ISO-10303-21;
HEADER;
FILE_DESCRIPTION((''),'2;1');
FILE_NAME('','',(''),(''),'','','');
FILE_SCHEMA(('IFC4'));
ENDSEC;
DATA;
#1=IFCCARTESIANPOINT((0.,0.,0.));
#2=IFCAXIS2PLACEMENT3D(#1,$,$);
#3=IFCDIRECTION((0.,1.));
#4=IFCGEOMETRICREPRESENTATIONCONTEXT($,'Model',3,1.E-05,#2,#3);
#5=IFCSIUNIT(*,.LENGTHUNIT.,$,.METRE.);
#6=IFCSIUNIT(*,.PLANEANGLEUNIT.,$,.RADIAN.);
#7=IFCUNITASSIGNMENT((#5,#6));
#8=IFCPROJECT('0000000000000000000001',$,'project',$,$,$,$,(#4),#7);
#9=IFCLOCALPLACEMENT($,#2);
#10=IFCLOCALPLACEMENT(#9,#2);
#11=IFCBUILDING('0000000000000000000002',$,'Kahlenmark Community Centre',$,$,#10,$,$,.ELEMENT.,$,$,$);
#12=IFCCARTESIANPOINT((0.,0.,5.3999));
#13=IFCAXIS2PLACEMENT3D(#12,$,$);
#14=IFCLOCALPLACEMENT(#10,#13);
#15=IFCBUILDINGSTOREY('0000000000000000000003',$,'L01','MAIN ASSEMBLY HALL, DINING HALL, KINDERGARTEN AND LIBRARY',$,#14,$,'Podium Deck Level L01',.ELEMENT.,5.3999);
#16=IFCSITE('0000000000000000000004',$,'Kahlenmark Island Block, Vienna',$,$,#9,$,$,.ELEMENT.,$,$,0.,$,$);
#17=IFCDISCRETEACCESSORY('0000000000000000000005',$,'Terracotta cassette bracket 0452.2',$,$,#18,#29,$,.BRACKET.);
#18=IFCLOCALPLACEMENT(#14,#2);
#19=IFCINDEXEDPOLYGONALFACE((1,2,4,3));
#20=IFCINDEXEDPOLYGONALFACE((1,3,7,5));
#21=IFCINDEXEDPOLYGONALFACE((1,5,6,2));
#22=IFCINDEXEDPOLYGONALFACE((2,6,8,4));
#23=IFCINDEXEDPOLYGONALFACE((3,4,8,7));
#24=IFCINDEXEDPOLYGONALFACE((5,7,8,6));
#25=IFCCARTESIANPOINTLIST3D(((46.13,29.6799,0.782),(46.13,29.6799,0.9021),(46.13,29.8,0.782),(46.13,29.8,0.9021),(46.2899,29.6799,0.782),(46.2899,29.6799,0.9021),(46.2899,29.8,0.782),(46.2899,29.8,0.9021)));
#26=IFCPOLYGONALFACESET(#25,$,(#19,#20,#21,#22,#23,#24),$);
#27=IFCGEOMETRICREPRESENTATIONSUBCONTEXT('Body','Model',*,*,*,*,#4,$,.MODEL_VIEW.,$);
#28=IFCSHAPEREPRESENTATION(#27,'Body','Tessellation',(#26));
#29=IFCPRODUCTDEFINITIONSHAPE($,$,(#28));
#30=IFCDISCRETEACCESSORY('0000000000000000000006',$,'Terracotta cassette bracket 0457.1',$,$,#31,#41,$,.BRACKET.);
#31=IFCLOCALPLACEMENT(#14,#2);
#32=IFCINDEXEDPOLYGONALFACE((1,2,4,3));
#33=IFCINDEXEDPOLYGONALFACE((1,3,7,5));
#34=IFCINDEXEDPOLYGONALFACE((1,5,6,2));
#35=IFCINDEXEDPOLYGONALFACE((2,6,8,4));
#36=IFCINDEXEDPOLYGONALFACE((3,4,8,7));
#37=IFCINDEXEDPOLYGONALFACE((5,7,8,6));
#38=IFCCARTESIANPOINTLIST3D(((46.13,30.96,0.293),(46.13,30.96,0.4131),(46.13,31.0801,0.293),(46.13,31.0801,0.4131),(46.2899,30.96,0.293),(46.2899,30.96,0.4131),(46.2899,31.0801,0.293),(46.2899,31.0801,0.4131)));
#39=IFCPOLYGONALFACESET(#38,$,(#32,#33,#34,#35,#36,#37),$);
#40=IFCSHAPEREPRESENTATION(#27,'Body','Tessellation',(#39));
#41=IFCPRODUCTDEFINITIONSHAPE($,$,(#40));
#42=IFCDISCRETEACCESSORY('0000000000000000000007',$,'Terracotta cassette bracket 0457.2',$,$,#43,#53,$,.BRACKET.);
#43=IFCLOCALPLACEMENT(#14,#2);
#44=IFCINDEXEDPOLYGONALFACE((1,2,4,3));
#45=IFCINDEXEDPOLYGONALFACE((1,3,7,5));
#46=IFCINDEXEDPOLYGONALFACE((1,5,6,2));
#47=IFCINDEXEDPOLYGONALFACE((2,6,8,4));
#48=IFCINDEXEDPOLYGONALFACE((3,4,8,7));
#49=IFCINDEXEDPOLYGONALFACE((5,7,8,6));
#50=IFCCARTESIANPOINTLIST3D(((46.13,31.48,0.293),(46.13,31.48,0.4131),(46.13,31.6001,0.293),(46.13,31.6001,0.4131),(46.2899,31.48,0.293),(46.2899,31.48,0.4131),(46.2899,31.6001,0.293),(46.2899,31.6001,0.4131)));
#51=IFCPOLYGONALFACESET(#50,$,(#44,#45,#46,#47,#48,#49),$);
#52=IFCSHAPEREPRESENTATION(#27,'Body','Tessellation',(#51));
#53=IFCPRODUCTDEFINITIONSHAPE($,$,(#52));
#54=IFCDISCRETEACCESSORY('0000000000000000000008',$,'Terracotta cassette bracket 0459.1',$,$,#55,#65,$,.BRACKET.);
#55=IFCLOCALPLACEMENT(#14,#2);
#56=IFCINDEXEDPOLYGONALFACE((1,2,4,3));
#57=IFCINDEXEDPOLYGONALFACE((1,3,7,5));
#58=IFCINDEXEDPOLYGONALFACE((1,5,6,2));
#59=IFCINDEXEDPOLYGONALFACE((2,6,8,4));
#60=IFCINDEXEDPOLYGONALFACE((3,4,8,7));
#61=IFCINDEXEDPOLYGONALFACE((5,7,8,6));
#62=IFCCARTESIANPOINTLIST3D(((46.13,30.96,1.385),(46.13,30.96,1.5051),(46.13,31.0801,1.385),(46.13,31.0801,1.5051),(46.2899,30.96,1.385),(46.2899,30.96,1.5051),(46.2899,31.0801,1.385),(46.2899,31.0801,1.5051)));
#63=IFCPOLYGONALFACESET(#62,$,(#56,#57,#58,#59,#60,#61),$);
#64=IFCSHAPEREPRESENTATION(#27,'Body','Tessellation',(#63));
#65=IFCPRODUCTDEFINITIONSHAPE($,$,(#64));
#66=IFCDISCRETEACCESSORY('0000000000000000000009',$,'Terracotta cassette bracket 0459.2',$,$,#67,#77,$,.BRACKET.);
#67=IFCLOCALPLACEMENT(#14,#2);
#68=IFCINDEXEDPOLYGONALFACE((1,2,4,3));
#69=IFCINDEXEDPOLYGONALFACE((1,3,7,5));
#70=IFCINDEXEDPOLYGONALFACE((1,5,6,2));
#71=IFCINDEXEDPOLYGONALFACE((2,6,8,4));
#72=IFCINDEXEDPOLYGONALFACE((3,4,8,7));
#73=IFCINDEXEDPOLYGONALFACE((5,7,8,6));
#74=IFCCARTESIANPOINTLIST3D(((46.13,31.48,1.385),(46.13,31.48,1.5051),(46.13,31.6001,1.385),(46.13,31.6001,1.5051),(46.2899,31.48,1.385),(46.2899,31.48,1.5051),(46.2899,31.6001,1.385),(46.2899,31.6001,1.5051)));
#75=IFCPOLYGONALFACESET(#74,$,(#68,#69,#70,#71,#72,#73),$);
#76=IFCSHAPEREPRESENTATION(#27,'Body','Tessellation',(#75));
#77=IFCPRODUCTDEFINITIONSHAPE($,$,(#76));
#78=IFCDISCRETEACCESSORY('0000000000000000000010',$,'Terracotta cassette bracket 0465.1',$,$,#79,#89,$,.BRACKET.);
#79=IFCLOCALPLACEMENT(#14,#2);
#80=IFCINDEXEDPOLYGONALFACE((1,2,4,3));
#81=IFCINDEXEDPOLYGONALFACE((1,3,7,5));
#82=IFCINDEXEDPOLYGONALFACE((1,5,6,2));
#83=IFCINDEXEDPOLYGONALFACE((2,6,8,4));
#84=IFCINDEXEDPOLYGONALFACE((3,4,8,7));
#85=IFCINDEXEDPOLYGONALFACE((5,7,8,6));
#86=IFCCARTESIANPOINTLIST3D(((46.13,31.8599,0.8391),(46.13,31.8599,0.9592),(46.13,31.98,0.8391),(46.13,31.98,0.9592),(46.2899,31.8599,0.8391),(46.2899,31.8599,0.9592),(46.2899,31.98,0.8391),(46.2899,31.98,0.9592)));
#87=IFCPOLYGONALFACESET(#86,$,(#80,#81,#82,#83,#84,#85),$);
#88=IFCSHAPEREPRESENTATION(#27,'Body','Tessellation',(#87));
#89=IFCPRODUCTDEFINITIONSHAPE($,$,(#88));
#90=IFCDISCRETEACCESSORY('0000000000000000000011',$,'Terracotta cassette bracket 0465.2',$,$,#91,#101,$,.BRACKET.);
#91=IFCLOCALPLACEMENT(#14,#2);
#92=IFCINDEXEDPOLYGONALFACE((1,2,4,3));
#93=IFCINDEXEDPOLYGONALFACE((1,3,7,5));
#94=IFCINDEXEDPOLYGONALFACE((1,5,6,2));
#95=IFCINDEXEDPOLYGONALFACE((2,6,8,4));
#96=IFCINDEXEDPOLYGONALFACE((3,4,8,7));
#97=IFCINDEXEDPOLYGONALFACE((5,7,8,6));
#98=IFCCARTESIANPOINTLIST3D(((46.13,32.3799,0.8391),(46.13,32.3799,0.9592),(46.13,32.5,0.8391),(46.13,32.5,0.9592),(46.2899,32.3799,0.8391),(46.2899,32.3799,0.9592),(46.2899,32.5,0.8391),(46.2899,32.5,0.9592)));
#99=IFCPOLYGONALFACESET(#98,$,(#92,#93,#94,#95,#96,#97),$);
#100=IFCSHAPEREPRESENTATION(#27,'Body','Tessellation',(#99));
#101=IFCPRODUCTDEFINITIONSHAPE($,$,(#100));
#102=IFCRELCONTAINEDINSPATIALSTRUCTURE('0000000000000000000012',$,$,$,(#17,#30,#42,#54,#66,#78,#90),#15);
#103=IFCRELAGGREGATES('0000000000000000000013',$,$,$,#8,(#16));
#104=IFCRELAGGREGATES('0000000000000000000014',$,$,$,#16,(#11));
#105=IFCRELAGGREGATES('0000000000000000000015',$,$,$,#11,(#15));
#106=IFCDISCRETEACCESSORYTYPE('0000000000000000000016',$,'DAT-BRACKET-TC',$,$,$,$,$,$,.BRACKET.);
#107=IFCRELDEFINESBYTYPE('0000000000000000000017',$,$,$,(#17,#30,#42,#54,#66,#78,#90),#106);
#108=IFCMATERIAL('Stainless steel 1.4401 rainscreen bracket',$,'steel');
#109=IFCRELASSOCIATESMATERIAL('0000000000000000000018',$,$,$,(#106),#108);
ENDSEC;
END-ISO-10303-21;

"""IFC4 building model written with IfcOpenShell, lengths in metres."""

from ifc_helpers import new_model, si_unit, direction, frame, origin, origin_2d, place, context, subcontext, project, spatial, rectangle, extrude, material, type_object, element, save


model = new_model("IFC4")

# Units and contexts
model_context = context("Model", 3, precision=1e-05, world=origin(), true_north=direction((0.0, 1.0)))
body_context = subcontext(model_context, "Body", "Model", "MODEL_VIEW")
ifc_project = project(units=[si_unit("LENGTHUNIT", "METRE"), si_unit("PLANEANGLEUNIT", "RADIAN")], contexts=[model_context])

# Site, building, storey
site_placement = place(None, origin())
site = spatial("IfcSite", under=ifc_project, at=site_placement, Name="Kahlenmark Island Block, Vienna", CompositionType="ELEMENT", RefElevation=0.0)
building_placement = place(site_placement, origin())
building = spatial("IfcBuilding", under=site, at=building_placement, Name="Kahlenmark Community Centre", CompositionType="ELEMENT")
storey_placement = place(building_placement, frame((0.0, 0.0, 5.3999)))
storey = spatial("IfcBuildingStorey", under=building, at=storey_placement, Name="L01", Description="MAIN ASSEMBLY HALL, DINING HALL, KINDERGARTEN AND LIBRARY", LongName="Podium Deck Level L01", CompositionType="ELEMENT", Elevation=5.3999)

# Discrete accessories
ifc_material_1 = material(Name="Stainless steel 1.4401 rainscreen bracket", Category="steel")
discrete_accessory_type = type_object("IfcDiscreteAccessoryType", Name="DAT-BRACKET-TC", PredefinedType="BRACKET", material=ifc_material_1)
for number, where, z_axis, x_axis, name in (
    (1, (46.21, 29.74, 0.782), (0.0, 0.0, 1.0), (0.0, 1.0, 0.0), "Terracotta cassette bracket 0452.2"),
    (2, (46.21, 31.02, 0.293), (0.0, 0.0, 1.0), (0.0, 1.0, 0.0), "Terracotta cassette bracket 0457.1"),
    (3, (46.21, 31.54, 0.293), (0.0, 0.0, 1.0), (0.0, 1.0, 0.0), "Terracotta cassette bracket 0457.2"),
    (4, (46.21, 31.02, 1.385), (0.0, 0.0, 1.0), (0.0, 1.0, 0.0), "Terracotta cassette bracket 0459.1"),
    (5, (46.21, 31.54, 1.385), (0.0, 0.0, 1.0), (0.0, 1.0, 0.0), "Terracotta cassette bracket 0459.2"),
    (6, (46.21, 31.9199, 0.8391), (0.0, 0.0, 1.0), (0.0, 1.0, 0.0), "Terracotta cassette bracket 0465.1"),
    (7, (46.21, 32.4399, 0.8391), (0.0, 0.0, 1.0), (0.0, 1.0, 0.0), "Terracotta cassette bracket 0465.2"),
):
    element("IfcDiscreteAccessory", number, at=place(storey_placement, frame(where, z_axis=z_axis, x_axis=x_axis)), inside=storey, type_object=discrete_accessory_type, Name=name, PredefinedType="BRACKET", context=body_context, shape_type="SweptSolid", body=[
        extrude(rectangle(XDim=0.1201, YDim=0.1599, at=origin_2d()), origin(), (0.0, 0.0, 1.0), 0.1201),
    ])

save(model, "model.ifc")
